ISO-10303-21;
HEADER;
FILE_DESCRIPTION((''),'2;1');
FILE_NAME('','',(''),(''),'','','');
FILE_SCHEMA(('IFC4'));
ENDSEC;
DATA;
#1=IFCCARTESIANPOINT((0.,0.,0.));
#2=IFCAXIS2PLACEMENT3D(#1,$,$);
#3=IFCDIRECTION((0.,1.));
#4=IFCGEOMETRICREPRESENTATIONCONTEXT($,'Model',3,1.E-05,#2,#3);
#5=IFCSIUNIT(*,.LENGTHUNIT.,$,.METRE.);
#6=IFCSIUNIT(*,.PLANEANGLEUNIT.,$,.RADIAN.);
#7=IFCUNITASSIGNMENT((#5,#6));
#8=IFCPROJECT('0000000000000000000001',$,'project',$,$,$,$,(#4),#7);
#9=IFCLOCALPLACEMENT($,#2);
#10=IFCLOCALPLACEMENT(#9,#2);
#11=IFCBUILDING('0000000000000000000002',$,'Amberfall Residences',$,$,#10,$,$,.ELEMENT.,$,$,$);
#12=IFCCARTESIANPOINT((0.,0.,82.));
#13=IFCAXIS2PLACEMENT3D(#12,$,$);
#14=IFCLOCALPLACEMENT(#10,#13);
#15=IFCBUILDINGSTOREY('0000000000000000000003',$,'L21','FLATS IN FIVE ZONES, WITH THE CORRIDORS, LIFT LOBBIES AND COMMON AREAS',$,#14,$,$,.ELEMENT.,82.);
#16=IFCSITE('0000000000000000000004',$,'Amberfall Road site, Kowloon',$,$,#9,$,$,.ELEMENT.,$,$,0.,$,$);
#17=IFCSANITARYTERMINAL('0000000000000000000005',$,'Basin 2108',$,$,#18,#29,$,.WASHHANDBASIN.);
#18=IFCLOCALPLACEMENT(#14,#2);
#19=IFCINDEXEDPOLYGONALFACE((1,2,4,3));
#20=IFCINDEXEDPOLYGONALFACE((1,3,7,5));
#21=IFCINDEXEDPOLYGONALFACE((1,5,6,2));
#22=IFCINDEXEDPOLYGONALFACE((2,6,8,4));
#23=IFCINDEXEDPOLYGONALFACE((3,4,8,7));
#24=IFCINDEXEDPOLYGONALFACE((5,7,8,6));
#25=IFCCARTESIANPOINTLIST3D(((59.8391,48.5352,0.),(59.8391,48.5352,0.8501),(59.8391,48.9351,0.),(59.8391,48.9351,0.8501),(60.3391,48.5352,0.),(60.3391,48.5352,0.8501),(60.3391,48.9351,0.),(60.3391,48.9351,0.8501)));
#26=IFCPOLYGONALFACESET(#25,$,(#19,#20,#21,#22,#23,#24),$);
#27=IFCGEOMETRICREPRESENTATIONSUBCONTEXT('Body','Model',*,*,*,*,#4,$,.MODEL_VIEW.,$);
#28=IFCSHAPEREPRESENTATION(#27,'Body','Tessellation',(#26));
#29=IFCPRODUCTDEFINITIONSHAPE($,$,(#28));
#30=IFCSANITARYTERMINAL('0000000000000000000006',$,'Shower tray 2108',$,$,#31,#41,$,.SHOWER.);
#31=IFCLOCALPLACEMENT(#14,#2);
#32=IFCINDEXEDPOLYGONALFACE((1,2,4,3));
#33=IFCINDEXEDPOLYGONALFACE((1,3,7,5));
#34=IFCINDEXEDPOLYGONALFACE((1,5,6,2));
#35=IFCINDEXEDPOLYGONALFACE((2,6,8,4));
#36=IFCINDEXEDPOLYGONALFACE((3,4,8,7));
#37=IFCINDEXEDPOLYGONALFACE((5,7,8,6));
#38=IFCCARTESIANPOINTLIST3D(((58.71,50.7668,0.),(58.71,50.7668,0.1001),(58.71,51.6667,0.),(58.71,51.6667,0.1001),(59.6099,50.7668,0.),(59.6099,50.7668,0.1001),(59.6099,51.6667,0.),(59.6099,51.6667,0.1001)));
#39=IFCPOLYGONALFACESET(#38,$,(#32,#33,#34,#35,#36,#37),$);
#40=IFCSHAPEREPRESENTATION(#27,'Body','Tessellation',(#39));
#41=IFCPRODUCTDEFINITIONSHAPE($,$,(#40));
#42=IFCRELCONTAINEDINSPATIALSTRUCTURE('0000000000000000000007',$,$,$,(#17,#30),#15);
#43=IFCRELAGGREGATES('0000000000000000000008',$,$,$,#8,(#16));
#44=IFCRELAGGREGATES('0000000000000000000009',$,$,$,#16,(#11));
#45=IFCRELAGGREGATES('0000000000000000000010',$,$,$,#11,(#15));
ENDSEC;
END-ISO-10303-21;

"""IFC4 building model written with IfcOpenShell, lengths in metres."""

from ifc_helpers import new_model, si_unit, direction, frame, origin, origin_2d, place, context, subcontext, project, spatial, rectangle, extrude, element, save


model = new_model("IFC4")

# Units and contexts
model_context = context("Model", 3, precision=1e-05, world=origin(), true_north=direction((0.0, 1.0)))
body_context = subcontext(model_context, "Body", "Model", "MODEL_VIEW")
ifc_project = project(units=[si_unit("LENGTHUNIT", "METRE"), si_unit("PLANEANGLEUNIT", "RADIAN")], contexts=[model_context])

# Site, building, storey
site_placement = place(None, origin())
site = spatial("IfcSite", under=ifc_project, at=site_placement, Name="Amberfall Road site, Kowloon", CompositionType="ELEMENT", RefElevation=0.0)
building_placement = place(site_placement, origin())
building = spatial("IfcBuilding", under=site, at=building_placement, Name="Amberfall Residences", CompositionType="ELEMENT")
storey_placement = place(building_placement, frame((0.0, 0.0, 82.0)))
storey = spatial("IfcBuildingStorey", under=building, at=storey_placement, Name="L21", Description="FLATS IN FIVE ZONES, WITH THE CORRIDORS, LIFT LOBBIES AND COMMON AREAS", CompositionType="ELEMENT", Elevation=82.0)

# Sanitary terminals
sanitary_terminal_1_placement = place(storey_placement, frame((60.0891, 48.7351, 0.0), z_axis=(0.0, 0.0, 1.0), x_axis=(1.0, 0.0, 0.0)))
element("IfcSanitaryTerminal", 1, at=sanitary_terminal_1_placement, inside=storey, Name="Basin 2108", PredefinedType="WASHHANDBASIN", context=body_context, shape_type="SweptSolid", body=[
    extrude(rectangle(XDim=0.5, YDim=0.3999, at=origin_2d()), origin(), (0.0, 0.0, 1.0), 0.8501),
])
sanitary_terminal_2_placement = place(storey_placement, frame((59.1599, 51.2168, 0.0), z_axis=(0.0, 0.0, 1.0), x_axis=(1.0, 0.0, 0.0)))
element("IfcSanitaryTerminal", 2, at=sanitary_terminal_2_placement, inside=storey, Name="Shower tray 2108", PredefinedType="SHOWER", context=body_context, shape_type="SweptSolid", body=[
    extrude(rectangle(XDim=0.8999, YDim=0.8999, at=origin_2d()), origin(), (0.0, 0.0, 1.0), 0.1001),
])

save(model, "model.ifc")
